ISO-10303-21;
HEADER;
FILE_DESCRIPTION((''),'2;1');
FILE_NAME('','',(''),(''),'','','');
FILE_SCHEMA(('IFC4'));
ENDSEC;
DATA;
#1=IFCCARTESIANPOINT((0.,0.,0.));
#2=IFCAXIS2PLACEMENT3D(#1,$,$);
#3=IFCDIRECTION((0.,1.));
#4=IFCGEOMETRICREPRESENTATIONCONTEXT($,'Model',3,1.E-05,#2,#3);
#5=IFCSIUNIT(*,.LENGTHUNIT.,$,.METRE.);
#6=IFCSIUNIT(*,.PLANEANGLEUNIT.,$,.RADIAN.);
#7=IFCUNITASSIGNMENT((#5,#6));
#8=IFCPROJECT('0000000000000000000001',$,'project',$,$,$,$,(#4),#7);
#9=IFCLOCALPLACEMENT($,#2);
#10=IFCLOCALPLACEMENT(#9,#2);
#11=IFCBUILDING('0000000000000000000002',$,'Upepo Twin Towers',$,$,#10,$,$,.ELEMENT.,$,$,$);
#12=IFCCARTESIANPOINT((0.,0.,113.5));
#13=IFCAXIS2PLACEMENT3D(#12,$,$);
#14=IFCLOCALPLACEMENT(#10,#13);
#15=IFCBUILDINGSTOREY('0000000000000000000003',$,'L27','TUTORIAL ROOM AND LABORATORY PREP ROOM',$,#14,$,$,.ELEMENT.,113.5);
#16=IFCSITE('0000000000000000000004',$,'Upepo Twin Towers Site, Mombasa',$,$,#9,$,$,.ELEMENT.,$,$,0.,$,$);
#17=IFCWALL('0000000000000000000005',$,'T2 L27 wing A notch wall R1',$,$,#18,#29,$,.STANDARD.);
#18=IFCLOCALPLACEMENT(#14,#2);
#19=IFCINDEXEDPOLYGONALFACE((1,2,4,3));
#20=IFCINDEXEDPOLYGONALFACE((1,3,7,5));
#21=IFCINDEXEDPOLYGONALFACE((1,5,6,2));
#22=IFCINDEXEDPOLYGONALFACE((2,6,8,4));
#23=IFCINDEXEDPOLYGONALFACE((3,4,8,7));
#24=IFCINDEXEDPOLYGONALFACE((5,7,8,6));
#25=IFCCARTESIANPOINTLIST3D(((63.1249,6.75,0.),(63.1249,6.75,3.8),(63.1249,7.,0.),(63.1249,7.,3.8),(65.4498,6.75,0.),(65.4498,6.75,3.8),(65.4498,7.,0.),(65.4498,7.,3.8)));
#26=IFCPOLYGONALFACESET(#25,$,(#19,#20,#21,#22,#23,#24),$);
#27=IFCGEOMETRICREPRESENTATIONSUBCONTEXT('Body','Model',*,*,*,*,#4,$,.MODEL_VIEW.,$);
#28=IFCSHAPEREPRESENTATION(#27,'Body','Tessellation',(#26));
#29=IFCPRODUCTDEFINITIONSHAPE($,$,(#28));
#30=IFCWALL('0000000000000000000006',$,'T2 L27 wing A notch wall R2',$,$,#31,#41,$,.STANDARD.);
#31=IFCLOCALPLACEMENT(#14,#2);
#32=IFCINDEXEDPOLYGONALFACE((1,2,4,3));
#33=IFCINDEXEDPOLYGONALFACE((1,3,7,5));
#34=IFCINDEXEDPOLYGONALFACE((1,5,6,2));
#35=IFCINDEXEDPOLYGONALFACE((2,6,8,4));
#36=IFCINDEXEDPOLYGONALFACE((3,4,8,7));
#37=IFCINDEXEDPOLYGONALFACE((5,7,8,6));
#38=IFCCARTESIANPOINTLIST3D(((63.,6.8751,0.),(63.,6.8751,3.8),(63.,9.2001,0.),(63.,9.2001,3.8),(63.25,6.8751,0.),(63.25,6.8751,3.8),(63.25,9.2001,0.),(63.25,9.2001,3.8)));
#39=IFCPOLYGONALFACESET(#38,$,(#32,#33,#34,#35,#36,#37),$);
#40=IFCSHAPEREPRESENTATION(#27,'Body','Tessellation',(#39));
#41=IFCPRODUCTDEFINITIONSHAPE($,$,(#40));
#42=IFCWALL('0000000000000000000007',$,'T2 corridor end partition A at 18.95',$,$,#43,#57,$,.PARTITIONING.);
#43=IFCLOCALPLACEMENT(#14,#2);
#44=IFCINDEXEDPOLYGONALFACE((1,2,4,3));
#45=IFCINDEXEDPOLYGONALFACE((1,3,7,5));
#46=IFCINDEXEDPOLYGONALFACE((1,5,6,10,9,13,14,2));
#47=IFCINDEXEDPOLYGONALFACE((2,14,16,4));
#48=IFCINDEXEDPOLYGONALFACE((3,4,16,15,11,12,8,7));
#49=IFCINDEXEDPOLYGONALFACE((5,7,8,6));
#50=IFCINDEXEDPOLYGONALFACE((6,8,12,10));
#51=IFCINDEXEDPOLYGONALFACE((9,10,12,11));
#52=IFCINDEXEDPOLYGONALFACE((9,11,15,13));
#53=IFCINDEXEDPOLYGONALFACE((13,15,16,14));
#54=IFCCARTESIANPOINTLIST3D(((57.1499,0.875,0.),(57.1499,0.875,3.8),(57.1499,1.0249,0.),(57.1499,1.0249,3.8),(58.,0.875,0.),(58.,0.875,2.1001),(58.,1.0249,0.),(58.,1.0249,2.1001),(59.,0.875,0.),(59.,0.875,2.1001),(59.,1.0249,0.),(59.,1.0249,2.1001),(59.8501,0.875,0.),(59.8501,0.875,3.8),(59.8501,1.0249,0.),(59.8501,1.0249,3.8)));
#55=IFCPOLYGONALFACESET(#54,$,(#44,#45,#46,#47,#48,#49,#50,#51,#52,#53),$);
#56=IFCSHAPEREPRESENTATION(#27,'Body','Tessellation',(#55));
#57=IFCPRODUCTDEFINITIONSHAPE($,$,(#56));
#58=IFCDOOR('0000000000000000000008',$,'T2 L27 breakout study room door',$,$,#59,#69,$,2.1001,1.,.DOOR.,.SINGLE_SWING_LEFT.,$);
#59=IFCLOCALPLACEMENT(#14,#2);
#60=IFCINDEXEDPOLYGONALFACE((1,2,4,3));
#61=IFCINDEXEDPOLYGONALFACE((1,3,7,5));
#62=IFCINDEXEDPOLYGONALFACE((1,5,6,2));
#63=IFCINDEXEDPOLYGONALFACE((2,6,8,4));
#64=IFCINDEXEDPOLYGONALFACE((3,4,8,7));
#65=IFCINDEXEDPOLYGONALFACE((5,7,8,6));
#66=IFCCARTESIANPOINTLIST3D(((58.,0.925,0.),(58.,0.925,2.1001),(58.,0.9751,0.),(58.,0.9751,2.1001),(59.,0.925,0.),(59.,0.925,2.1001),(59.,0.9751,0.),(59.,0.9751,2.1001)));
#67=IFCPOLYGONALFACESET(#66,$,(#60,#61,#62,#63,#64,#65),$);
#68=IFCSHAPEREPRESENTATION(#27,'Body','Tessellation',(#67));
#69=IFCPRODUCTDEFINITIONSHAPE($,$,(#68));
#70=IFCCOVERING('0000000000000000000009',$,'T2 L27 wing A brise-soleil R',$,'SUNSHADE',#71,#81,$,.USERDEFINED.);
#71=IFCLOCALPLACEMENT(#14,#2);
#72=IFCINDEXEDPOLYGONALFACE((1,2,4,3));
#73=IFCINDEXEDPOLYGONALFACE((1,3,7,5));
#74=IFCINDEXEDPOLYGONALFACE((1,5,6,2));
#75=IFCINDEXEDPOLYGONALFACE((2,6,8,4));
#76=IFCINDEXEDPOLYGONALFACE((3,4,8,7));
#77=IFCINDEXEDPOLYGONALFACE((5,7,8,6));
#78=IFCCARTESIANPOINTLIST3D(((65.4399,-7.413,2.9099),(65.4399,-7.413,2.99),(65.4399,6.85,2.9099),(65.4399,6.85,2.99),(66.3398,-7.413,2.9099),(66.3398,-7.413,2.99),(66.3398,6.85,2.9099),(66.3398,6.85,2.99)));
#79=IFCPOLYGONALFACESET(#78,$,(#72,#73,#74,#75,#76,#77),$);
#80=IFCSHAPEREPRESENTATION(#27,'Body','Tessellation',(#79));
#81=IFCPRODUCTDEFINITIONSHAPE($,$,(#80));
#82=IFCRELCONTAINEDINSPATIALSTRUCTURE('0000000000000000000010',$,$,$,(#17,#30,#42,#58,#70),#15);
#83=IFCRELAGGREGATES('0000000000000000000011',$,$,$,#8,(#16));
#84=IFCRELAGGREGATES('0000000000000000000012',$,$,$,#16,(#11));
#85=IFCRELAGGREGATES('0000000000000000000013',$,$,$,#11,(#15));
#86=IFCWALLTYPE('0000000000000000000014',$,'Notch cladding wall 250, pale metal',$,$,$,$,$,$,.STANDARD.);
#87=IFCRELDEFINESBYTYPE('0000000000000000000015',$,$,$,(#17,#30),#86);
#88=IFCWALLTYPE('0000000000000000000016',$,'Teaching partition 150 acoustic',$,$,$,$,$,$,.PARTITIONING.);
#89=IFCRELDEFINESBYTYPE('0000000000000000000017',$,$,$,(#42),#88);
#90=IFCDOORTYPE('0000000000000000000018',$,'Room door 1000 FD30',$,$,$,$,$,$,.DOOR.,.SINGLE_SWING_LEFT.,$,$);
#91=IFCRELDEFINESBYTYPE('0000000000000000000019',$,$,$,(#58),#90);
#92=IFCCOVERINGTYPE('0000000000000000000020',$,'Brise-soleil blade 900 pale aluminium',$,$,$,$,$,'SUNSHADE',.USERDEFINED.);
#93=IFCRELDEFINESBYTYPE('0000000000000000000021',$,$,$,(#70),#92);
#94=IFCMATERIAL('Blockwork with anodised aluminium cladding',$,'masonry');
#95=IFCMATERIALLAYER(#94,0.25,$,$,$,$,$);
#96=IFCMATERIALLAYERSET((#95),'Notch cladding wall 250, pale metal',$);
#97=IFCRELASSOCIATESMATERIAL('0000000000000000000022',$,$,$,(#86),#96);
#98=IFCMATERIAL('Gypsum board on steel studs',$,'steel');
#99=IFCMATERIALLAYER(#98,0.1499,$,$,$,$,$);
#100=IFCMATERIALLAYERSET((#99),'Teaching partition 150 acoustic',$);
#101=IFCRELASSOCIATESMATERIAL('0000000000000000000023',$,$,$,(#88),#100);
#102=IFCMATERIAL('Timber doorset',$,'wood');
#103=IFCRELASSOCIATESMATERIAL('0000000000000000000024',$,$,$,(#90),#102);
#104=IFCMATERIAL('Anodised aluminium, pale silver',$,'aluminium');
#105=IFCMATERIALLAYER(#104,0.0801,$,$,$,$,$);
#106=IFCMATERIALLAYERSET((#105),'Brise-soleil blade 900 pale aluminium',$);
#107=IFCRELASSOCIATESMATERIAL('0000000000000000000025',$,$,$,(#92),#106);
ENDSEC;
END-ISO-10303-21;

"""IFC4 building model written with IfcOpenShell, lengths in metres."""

from ifc_helpers import new_model, si_unit, direction, frame, frame_2d, origin, origin_2d, place, context, subcontext, project, spatial, rectangle, extrude, material, layer, layer_set, type_object, element, fill, save


model = new_model("IFC4")

# Units and contexts
model_context = context("Model", 3, precision=1e-05, world=origin(), true_north=direction((0.0, 1.0)))
body_context = subcontext(model_context, "Body", "Model", "MODEL_VIEW")
ifc_project = project(units=[si_unit("LENGTHUNIT", "METRE"), si_unit("PLANEANGLEUNIT", "RADIAN")], contexts=[model_context])

# Site, building, storey
site_placement = place(None, origin())
site = spatial("IfcSite", under=ifc_project, at=site_placement, Name="Upepo Twin Towers Site, Mombasa", CompositionType="ELEMENT", RefElevation=0.0)
building_placement = place(site_placement, origin())
building = spatial("IfcBuilding", under=site, at=building_placement, Name="Upepo Twin Towers", CompositionType="ELEMENT")
storey_placement = place(building_placement, frame((0.0, 0.0, 113.5)))
storey = spatial("IfcBuildingStorey", under=building, at=storey_placement, Name="L27", Description="TUTORIAL ROOM AND LABORATORY PREP ROOM", CompositionType="ELEMENT", Elevation=113.5)

# Walls
ifc_material_1 = material(Name="Blockwork with anodised aluminium cladding", Category="masonry")
ifc_layer_1 = layer(ifc_material_1, 0.25)
ifc_layer_set_1 = layer_set([ifc_layer_1], Name="Notch cladding wall 250, pale metal")
wall_type_1 = type_object("IfcWallType", Name="Notch cladding wall 250, pale metal", PredefinedType="STANDARD", material=ifc_layer_set_1)
for number, where, z_axis, x_axis, name in (
    (1, (65.45, 6.875, 0.0), (0.0, 0.0, 1.0), (-1.0, 0.0, 0.0), "T2 L27 wing A notch wall R1"),
    (2, (63.125, 6.875, 0.0), (0.0, 0.0, 1.0), (0.0, 1.0, 0.0), "T2 L27 wing A notch wall R2"),
):
    element("IfcWall", number, at=place(storey_placement, frame(where, z_axis=z_axis, x_axis=x_axis)), inside=storey, type_object=wall_type_1, Name=name, PredefinedType="STANDARD", context=body_context, shape_type="SweptSolid", body=[
        extrude(rectangle(XDim=2.325, YDim=0.25, at=frame_2d((1.1626, 0.0))), origin(), (0.0, 0.0, 1.0), 3.8),
    ])

# Wall, opening, door
ifc_material_2 = material(Name="Gypsum board on steel studs", Category="steel")
ifc_layer_2 = layer(ifc_material_2, 0.1499)
ifc_layer_set_2 = layer_set([ifc_layer_2], Name="Teaching partition 150 acoustic")
wall_type_2 = type_object("IfcWallType", Name="Teaching partition 150 acoustic", PredefinedType="PARTITIONING", material=ifc_layer_set_2)
wall_1_placement = place(storey_placement, frame((59.8501, 0.95, 0.0), z_axis=(0.0, 0.0, 1.0), x_axis=(-1.0, 0.0, 0.0)))
wall_1 = element("IfcWall", 3, at=wall_1_placement, inside=storey, type_object=wall_type_2, Name="T2 corridor end partition A at 18.95", PredefinedType="PARTITIONING", context=body_context, shape_type="SweptSolid", body=[
    extrude(rectangle(XDim=2.7002, YDim=0.1499, at=frame_2d((1.3501, 0.0))), origin(), (0.0, 0.0, 1.0), 3.8),
])
opening_1_placement = place(wall_1_placement, frame((0.8501, 0.0, 0.0)))
opening_1 = element("IfcOpeningElement", 4, at=opening_1_placement, cuts=wall_1, PredefinedType="OPENING", context=body_context, shape_type="SweptSolid", body=[
    extrude(rectangle(XDim=1.0, YDim=2.1001, at=frame_2d((0.5, 1.05))), frame((0.0, 0.085, 0.0), z_axis=(0.0, -1.0, 0.0), x_axis=(1.0, 0.0, 0.0)), (0.0, 0.0, 1.0), 0.1699),
])
ifc_material_3 = material(Name="Timber doorset", Category="wood")
door_type_1 = type_object("IfcDoorType", Name="Room door 1000 FD30", OperationType="SINGLE_SWING_LEFT", PredefinedType="DOOR", material=ifc_material_3)
door_1_placement = place(opening_1_placement, origin())
door_1 = element("IfcDoor", 5, at=door_1_placement, inside=storey, type_object=door_type_1, Name="T2 L27 breakout study room door", OperationType="SINGLE_SWING_LEFT", OverallHeight=2.1001, OverallWidth=1.0, PredefinedType="DOOR", context=body_context, shape_type="SweptSolid", body=[
    extrude(rectangle(XDim=1.0, YDim=2.1001, at=frame_2d((0.5, 1.05))), frame((0.0, 0.0249, 0.0), z_axis=(0.0, -1.0, 0.0), x_axis=(1.0, 0.0, 0.0)), (0.0, 0.0, 1.0), 0.05),
])
fill(opening_1, door_1)

# Covering
ifc_material_4 = material(Name="Anodised aluminium, pale silver", Category="aluminium")
ifc_layer_3 = layer(ifc_material_4, 0.0801)
ifc_layer_set_3 = layer_set([ifc_layer_3], Name="Brise-soleil blade 900 pale aluminium")
covering_type = type_object("IfcCoveringType", Name="Brise-soleil blade 900 pale aluminium", ElementType="SUNSHADE", PredefinedType="USERDEFINED", material=ifc_layer_set_3)
covering_placement = place(storey_placement, frame((65.8899, -0.2815, 2.9099), z_axis=(0.0, 0.0, 1.0), x_axis=(0.0, 1.0, 0.0)))
element("IfcCovering", 6, at=covering_placement, inside=storey, type_object=covering_type, Name="T2 L27 wing A brise-soleil R", ObjectType="SUNSHADE", PredefinedType="USERDEFINED", context=body_context, shape_type="SweptSolid", body=[
    extrude(rectangle(XDim=14.2629, YDim=0.8999, at=origin_2d()), origin(), (0.0, 0.0, 1.0), 0.0801),
])

save(model, "model.ifc")
